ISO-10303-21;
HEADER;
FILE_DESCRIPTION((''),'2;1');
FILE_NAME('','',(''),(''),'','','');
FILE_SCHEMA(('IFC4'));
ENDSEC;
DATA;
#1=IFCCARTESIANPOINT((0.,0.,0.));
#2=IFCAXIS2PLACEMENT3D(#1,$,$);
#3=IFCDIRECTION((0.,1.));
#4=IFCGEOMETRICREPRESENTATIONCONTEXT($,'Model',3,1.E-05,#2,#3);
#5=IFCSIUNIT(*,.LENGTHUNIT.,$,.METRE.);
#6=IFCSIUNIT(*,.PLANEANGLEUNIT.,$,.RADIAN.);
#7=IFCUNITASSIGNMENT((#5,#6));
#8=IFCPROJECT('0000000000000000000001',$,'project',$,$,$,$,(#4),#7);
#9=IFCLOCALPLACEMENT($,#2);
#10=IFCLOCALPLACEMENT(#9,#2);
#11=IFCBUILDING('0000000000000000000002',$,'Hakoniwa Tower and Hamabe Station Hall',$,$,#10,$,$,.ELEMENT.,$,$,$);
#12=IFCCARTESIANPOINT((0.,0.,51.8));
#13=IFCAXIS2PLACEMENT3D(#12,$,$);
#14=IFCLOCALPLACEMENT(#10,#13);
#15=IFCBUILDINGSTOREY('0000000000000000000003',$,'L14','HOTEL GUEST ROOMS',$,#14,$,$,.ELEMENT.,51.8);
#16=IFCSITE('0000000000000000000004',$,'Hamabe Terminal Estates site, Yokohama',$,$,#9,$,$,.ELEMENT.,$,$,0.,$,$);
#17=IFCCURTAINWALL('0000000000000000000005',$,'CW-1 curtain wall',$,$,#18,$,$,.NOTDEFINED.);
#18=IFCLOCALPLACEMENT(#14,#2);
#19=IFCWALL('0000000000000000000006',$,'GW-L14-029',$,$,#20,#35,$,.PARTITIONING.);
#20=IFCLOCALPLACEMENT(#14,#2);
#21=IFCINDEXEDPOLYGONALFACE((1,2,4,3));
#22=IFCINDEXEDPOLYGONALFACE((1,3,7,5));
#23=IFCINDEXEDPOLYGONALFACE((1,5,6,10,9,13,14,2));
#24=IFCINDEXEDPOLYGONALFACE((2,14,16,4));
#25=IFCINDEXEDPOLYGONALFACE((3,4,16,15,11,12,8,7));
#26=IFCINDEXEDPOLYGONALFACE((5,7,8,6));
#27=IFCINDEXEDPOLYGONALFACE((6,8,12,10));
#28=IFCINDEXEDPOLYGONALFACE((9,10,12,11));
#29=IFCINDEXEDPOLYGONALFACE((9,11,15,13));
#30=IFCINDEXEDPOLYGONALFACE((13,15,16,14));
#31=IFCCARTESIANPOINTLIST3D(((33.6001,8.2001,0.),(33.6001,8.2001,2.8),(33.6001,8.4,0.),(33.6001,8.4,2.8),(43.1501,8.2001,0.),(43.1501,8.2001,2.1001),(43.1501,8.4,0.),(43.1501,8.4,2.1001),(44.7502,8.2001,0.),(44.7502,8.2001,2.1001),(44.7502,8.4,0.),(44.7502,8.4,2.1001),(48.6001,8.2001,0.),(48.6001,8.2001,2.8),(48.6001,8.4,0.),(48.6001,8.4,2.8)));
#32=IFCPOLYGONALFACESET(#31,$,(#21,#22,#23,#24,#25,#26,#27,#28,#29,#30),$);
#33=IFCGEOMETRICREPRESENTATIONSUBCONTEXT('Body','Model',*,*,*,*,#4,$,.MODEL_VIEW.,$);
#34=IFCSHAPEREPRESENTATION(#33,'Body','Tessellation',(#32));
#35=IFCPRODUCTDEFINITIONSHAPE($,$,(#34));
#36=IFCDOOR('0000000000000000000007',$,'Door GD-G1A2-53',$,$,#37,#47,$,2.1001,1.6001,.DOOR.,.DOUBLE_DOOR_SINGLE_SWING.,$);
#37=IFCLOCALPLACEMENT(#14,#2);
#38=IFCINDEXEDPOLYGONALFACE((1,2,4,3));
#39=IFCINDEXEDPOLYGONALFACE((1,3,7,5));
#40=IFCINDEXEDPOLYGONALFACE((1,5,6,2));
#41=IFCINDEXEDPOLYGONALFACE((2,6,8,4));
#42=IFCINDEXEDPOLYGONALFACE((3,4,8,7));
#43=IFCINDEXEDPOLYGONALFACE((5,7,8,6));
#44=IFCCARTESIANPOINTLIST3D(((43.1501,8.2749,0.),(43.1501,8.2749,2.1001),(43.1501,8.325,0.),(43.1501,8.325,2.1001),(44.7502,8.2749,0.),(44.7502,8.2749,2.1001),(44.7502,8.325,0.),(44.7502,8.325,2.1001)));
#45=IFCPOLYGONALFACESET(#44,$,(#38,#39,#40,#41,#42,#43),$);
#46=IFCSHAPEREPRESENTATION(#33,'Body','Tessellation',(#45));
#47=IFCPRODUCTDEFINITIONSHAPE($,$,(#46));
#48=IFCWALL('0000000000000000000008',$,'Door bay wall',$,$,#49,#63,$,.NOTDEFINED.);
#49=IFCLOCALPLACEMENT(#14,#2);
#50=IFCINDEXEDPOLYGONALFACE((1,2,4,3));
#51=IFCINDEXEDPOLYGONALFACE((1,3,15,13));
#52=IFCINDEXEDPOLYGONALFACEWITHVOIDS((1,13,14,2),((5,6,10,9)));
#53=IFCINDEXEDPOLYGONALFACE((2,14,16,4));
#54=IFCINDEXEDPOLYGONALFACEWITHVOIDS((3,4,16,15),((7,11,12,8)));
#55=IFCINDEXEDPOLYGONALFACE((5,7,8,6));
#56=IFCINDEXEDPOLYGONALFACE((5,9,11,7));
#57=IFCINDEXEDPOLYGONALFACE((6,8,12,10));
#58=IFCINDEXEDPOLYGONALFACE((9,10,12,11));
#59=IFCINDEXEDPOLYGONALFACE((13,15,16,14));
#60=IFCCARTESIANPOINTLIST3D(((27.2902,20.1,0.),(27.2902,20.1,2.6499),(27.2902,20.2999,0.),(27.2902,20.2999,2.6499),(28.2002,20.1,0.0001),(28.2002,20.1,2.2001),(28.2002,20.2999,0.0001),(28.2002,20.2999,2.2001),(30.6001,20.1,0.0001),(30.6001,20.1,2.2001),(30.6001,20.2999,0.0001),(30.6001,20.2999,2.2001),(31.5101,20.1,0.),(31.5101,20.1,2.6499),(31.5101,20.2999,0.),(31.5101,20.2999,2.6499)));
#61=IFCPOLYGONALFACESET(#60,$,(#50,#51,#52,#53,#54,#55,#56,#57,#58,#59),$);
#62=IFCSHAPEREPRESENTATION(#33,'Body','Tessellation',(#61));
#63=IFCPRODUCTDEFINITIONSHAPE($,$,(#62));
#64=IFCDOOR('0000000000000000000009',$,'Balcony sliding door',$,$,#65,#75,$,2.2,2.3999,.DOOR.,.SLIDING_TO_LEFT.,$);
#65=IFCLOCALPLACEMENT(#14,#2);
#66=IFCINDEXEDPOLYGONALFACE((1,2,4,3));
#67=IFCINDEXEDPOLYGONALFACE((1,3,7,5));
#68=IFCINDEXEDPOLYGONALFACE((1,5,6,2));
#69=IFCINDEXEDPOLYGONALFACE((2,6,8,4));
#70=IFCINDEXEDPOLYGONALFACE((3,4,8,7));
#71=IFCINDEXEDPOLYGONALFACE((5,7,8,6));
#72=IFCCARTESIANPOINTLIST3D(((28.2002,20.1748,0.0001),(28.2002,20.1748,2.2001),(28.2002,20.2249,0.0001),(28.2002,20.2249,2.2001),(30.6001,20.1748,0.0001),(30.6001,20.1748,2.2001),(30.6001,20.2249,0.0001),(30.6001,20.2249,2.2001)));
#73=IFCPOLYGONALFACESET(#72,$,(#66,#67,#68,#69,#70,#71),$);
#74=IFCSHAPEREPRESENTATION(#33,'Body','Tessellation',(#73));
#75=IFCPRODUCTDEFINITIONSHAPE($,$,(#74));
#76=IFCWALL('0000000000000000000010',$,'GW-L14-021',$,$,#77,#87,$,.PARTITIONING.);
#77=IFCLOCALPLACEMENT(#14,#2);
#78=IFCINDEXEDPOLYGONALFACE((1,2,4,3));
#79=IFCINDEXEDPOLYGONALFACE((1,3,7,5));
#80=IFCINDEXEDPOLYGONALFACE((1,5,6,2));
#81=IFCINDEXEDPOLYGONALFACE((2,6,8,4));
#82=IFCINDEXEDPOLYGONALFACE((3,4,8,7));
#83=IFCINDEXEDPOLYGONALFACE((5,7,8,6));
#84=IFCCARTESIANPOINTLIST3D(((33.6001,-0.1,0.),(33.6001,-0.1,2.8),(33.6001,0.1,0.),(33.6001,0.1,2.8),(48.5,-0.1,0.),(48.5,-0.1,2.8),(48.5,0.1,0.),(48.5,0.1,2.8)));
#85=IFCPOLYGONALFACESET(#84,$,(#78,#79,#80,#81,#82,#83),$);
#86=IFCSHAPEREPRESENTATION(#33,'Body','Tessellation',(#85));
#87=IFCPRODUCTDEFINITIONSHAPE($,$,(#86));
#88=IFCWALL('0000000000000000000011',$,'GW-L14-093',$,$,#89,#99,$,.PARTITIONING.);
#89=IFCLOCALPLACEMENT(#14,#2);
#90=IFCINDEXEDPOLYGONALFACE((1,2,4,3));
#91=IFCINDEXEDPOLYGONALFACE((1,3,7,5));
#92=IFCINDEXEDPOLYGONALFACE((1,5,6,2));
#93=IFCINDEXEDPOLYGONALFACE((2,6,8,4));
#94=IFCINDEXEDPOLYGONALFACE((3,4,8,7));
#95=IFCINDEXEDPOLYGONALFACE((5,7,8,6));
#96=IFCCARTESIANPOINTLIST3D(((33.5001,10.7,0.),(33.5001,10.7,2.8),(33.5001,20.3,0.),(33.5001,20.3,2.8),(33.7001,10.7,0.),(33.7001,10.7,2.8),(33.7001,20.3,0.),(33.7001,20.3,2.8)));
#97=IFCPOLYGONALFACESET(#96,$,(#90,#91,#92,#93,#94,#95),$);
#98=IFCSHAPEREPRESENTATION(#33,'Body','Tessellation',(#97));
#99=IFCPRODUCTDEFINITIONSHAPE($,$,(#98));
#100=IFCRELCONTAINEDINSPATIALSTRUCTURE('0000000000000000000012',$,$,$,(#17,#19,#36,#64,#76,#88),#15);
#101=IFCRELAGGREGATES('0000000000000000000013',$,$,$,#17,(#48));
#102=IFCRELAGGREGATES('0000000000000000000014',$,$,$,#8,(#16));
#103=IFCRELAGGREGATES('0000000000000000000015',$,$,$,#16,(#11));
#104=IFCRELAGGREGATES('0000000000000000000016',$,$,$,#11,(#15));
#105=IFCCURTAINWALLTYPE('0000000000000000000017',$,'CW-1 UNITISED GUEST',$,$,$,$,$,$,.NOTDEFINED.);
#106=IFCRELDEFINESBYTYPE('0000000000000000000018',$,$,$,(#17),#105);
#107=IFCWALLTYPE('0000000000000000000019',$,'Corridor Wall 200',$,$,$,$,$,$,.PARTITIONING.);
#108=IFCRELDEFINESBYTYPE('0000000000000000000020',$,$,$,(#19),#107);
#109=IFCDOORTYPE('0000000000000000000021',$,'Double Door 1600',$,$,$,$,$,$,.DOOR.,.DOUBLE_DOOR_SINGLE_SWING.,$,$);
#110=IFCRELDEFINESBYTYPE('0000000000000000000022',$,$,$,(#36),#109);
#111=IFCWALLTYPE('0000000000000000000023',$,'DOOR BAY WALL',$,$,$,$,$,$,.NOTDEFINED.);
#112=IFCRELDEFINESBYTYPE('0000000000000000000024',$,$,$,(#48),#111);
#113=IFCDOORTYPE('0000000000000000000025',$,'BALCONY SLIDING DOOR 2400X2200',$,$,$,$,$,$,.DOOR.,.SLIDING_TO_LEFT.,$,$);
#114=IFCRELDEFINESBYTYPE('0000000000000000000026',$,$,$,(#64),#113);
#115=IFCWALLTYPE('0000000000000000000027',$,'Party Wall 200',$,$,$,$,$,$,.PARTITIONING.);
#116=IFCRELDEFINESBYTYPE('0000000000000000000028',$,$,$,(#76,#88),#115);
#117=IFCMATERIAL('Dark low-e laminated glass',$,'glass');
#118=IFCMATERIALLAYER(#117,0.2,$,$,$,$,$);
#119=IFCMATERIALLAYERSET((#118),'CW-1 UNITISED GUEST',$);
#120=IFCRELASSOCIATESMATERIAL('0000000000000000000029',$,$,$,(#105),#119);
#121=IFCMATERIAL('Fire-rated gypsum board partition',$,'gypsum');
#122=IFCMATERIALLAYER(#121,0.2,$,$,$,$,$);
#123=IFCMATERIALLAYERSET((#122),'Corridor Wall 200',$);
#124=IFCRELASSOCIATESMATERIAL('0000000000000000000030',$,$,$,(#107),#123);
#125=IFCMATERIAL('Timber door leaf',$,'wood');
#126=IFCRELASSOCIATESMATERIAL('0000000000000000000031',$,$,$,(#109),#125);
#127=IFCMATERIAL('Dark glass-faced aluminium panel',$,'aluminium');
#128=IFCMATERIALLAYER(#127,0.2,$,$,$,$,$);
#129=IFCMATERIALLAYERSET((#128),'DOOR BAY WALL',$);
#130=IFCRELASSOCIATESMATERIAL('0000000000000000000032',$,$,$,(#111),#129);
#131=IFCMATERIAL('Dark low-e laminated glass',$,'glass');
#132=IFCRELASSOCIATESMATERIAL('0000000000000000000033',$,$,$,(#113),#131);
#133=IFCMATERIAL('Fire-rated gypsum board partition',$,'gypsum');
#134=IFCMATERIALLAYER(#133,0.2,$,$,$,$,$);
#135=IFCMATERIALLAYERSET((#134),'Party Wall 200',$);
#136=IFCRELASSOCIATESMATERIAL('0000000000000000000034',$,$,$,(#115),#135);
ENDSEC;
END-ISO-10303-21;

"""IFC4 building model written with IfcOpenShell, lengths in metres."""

from ifc_helpers import new_model, si_unit, direction, frame, frame_2d, origin, place, context, subcontext, project, spatial, rectangle, extrude, material, layer, layer_set, type_object, element, fill, aggregate, save


model = new_model("IFC4")

# Units and contexts
model_context = context("Model", 3, precision=1e-05, world=origin(), true_north=direction((0.0, 1.0)))
body_context = subcontext(model_context, "Body", "Model", "MODEL_VIEW")
ifc_project = project(units=[si_unit("LENGTHUNIT", "METRE"), si_unit("PLANEANGLEUNIT", "RADIAN")], contexts=[model_context])

# Site, building, storey
site_placement = place(None, origin())
site = spatial("IfcSite", under=ifc_project, at=site_placement, Name="Hamabe Terminal Estates site, Yokohama", CompositionType="ELEMENT", RefElevation=0.0)
building_placement = place(site_placement, origin())
building = spatial("IfcBuilding", under=site, at=building_placement, Name="Hakoniwa Tower and Hamabe Station Hall", CompositionType="ELEMENT")
storey_placement = place(building_placement, frame((0.0, 0.0, 51.8)))
storey = spatial("IfcBuildingStorey", under=building, at=storey_placement, Name="L14", Description="HOTEL GUEST ROOMS", CompositionType="ELEMENT", Elevation=51.8)

# Curtain wall
ifc_material_1 = material(Name="Dark low-e laminated glass", Category="glass")
ifc_layer_1 = layer(ifc_material_1, 0.2)
ifc_layer_set_1 = layer_set([ifc_layer_1], Name="CW-1 UNITISED GUEST")
curtain_wall_type = type_object("IfcCurtainWallType", Name="CW-1 UNITISED GUEST", PredefinedType="NOTDEFINED", material=ifc_layer_set_1)
curtain_wall_placement = place(storey_placement, origin())
curtain_wall = element("IfcCurtainWall", 1, at=curtain_wall_placement, inside=storey, type_object=curtain_wall_type, Name="CW-1 curtain wall", PredefinedType="NOTDEFINED")

# Walls, openings, doors
ifc_material_2 = material(Name="Fire-rated gypsum board partition", Category="gypsum")
ifc_layer_2 = layer(ifc_material_2, 0.2)
ifc_layer_set_2 = layer_set([ifc_layer_2], Name="Corridor Wall 200")
wall_type_1 = type_object("IfcWallType", Name="Corridor Wall 200", PredefinedType="PARTITIONING", material=ifc_layer_set_2)
wall_1_placement = place(storey_placement, frame((33.6001, 8.3, 0.0), z_axis=(0.0, 0.0, 1.0), x_axis=(1.0, 0.0, 0.0)))
wall_1 = element("IfcWall", 2, at=wall_1_placement, inside=storey, type_object=wall_type_1, Name="GW-L14-029", PredefinedType="PARTITIONING", context=body_context, shape_type="SweptSolid", body=[
    extrude(rectangle(XDim=15.0, YDim=0.2, at=frame_2d((7.5, 0.0))), origin(), (0.0, 0.0, 1.0), 2.8),
])
opening_1_placement = place(wall_1_placement, frame((9.55, 0.0, 0.0)))
opening_1 = element("IfcOpeningElement", 3, at=opening_1_placement, cuts=wall_1, PredefinedType="OPENING", context=body_context, shape_type="SweptSolid", body=[
    extrude(rectangle(XDim=1.6001, YDim=2.1001, at=frame_2d((0.8, 1.05))), frame((0.0, 0.1099, 0.0), z_axis=(0.0, -1.0, 0.0), x_axis=(1.0, 0.0, 0.0)), (0.0, 0.0, 1.0), 0.22),
])
ifc_material_3 = material(Name="Timber door leaf", Category="wood")
door_type_1 = type_object("IfcDoorType", Name="Double Door 1600", OperationType="DOUBLE_DOOR_SINGLE_SWING", PredefinedType="DOOR", material=ifc_material_3)
door_1_placement = place(opening_1_placement, origin())
door_1 = element("IfcDoor", 4, at=door_1_placement, inside=storey, type_object=door_type_1, Name="Door GD-G1A2-53", OperationType="DOUBLE_DOOR_SINGLE_SWING", OverallHeight=2.1001, OverallWidth=1.6001, PredefinedType="DOOR", context=body_context, shape_type="SweptSolid", body=[
    extrude(rectangle(XDim=1.6001, YDim=2.1001, at=frame_2d((0.8, 1.05))), frame((0.0, 0.0249, 0.0), z_axis=(0.0, -1.0, 0.0), x_axis=(1.0, 0.0, 0.0)), (0.0, 0.0, 1.0), 0.05),
])
fill(opening_1, door_1)
ifc_material_4 = material(Name="Dark glass-faced aluminium panel", Category="aluminium")
ifc_layer_3 = layer(ifc_material_4, 0.2)
ifc_layer_set_3 = layer_set([ifc_layer_3], Name="DOOR BAY WALL")
wall_type_2 = type_object("IfcWallType", Name="DOOR BAY WALL", PredefinedType="NOTDEFINED", material=ifc_layer_set_3)
wall_2_placement = place(storey_placement, frame((31.51, 20.2, 0.0), z_axis=(0.0, 0.0, 1.0), x_axis=(-1.0, 0.0, 0.0)))
wall_2 = element("IfcWall", 5, at=wall_2_placement, type_object=wall_type_2, Name="Door bay wall", PredefinedType="NOTDEFINED", context=body_context, shape_type="SweptSolid", body=[
    extrude(rectangle(XDim=4.22, YDim=0.2, at=frame_2d((2.1099, 0.0))), origin(), (0.0, 0.0, 1.0), 2.6499),
])
opening_2_placement = place(wall_2_placement, frame((0.9099, 0.0, 0.0)))
opening_2 = element("IfcOpeningElement", 6, at=opening_2_placement, cuts=wall_2, PredefinedType="OPENING", context=body_context, shape_type="SweptSolid", body=[
    extrude(rectangle(XDim=2.3999, YDim=2.2, at=frame_2d((1.2, 1.1001))), frame((0.0, 0.1099, 0.0), z_axis=(0.0, -1.0, 0.0), x_axis=(1.0, 0.0, 0.0)), (0.0, 0.0, 1.0), 0.22),
])
ifc_material_5 = material(Name="Dark low-e laminated glass", Category="glass")
door_type_2 = type_object("IfcDoorType", Name="BALCONY SLIDING DOOR 2400X2200", OperationType="SLIDING_TO_LEFT", PredefinedType="DOOR", material=ifc_material_5)
door_2_placement = place(opening_2_placement, frame((2.3999, 0.0, 0.0), z_axis=(0.0, 0.0, 1.0), x_axis=(-1.0, 0.0, 0.0)))
door_2 = element("IfcDoor", 7, at=door_2_placement, inside=storey, type_object=door_type_2, Name="Balcony sliding door", OperationType="SLIDING_TO_LEFT", OverallHeight=2.2, OverallWidth=2.3999, PredefinedType="DOOR", context=body_context, shape_type="SweptSolid", body=[
    extrude(rectangle(XDim=2.3999, YDim=2.2, at=frame_2d((1.2, 1.1001))), frame((0.0, 0.0249, 0.0), z_axis=(0.0, -1.0, 0.0), x_axis=(1.0, 0.0, 0.0)), (0.0, 0.0, 1.0), 0.05),
])
fill(opening_2, door_2)
aggregate(curtain_wall, [wall_2])

# Walls
ifc_material_6 = material(Name="Fire-rated gypsum board partition", Category="gypsum")
ifc_layer_4 = layer(ifc_material_6, 0.2)
ifc_layer_set_4 = layer_set([ifc_layer_4], Name="Party Wall 200")
wall_type_3 = type_object("IfcWallType", Name="Party Wall 200", PredefinedType="PARTITIONING", material=ifc_layer_set_4)
wall_3_placement = place(storey_placement, frame((33.6001, 0.0, 0.0), z_axis=(0.0, 0.0, 1.0), x_axis=(1.0, 0.0, 0.0)))
element("IfcWall", 8, at=wall_3_placement, inside=storey, type_object=wall_type_3, Name="GW-L14-021", PredefinedType="PARTITIONING", context=body_context, shape_type="SweptSolid", body=[
    extrude(rectangle(XDim=14.8999, YDim=0.2, at=frame_2d((7.45, 0.0))), origin(), (0.0, 0.0, 1.0), 2.8),
])
wall_4_placement = place(storey_placement, frame((33.6001, 10.7, 0.0), z_axis=(0.0, 0.0, 1.0), x_axis=(0.0, 1.0, 0.0)))
element("IfcWall", 9, at=wall_4_placement, inside=storey, type_object=wall_type_3, Name="GW-L14-093", PredefinedType="PARTITIONING", context=body_context, shape_type="SweptSolid", body=[
    extrude(rectangle(XDim=9.6001, YDim=0.2, at=frame_2d((4.8, 0.0))), origin(), (0.0, 0.0, 1.0), 2.8),
])

save(model, "model.ifc")
